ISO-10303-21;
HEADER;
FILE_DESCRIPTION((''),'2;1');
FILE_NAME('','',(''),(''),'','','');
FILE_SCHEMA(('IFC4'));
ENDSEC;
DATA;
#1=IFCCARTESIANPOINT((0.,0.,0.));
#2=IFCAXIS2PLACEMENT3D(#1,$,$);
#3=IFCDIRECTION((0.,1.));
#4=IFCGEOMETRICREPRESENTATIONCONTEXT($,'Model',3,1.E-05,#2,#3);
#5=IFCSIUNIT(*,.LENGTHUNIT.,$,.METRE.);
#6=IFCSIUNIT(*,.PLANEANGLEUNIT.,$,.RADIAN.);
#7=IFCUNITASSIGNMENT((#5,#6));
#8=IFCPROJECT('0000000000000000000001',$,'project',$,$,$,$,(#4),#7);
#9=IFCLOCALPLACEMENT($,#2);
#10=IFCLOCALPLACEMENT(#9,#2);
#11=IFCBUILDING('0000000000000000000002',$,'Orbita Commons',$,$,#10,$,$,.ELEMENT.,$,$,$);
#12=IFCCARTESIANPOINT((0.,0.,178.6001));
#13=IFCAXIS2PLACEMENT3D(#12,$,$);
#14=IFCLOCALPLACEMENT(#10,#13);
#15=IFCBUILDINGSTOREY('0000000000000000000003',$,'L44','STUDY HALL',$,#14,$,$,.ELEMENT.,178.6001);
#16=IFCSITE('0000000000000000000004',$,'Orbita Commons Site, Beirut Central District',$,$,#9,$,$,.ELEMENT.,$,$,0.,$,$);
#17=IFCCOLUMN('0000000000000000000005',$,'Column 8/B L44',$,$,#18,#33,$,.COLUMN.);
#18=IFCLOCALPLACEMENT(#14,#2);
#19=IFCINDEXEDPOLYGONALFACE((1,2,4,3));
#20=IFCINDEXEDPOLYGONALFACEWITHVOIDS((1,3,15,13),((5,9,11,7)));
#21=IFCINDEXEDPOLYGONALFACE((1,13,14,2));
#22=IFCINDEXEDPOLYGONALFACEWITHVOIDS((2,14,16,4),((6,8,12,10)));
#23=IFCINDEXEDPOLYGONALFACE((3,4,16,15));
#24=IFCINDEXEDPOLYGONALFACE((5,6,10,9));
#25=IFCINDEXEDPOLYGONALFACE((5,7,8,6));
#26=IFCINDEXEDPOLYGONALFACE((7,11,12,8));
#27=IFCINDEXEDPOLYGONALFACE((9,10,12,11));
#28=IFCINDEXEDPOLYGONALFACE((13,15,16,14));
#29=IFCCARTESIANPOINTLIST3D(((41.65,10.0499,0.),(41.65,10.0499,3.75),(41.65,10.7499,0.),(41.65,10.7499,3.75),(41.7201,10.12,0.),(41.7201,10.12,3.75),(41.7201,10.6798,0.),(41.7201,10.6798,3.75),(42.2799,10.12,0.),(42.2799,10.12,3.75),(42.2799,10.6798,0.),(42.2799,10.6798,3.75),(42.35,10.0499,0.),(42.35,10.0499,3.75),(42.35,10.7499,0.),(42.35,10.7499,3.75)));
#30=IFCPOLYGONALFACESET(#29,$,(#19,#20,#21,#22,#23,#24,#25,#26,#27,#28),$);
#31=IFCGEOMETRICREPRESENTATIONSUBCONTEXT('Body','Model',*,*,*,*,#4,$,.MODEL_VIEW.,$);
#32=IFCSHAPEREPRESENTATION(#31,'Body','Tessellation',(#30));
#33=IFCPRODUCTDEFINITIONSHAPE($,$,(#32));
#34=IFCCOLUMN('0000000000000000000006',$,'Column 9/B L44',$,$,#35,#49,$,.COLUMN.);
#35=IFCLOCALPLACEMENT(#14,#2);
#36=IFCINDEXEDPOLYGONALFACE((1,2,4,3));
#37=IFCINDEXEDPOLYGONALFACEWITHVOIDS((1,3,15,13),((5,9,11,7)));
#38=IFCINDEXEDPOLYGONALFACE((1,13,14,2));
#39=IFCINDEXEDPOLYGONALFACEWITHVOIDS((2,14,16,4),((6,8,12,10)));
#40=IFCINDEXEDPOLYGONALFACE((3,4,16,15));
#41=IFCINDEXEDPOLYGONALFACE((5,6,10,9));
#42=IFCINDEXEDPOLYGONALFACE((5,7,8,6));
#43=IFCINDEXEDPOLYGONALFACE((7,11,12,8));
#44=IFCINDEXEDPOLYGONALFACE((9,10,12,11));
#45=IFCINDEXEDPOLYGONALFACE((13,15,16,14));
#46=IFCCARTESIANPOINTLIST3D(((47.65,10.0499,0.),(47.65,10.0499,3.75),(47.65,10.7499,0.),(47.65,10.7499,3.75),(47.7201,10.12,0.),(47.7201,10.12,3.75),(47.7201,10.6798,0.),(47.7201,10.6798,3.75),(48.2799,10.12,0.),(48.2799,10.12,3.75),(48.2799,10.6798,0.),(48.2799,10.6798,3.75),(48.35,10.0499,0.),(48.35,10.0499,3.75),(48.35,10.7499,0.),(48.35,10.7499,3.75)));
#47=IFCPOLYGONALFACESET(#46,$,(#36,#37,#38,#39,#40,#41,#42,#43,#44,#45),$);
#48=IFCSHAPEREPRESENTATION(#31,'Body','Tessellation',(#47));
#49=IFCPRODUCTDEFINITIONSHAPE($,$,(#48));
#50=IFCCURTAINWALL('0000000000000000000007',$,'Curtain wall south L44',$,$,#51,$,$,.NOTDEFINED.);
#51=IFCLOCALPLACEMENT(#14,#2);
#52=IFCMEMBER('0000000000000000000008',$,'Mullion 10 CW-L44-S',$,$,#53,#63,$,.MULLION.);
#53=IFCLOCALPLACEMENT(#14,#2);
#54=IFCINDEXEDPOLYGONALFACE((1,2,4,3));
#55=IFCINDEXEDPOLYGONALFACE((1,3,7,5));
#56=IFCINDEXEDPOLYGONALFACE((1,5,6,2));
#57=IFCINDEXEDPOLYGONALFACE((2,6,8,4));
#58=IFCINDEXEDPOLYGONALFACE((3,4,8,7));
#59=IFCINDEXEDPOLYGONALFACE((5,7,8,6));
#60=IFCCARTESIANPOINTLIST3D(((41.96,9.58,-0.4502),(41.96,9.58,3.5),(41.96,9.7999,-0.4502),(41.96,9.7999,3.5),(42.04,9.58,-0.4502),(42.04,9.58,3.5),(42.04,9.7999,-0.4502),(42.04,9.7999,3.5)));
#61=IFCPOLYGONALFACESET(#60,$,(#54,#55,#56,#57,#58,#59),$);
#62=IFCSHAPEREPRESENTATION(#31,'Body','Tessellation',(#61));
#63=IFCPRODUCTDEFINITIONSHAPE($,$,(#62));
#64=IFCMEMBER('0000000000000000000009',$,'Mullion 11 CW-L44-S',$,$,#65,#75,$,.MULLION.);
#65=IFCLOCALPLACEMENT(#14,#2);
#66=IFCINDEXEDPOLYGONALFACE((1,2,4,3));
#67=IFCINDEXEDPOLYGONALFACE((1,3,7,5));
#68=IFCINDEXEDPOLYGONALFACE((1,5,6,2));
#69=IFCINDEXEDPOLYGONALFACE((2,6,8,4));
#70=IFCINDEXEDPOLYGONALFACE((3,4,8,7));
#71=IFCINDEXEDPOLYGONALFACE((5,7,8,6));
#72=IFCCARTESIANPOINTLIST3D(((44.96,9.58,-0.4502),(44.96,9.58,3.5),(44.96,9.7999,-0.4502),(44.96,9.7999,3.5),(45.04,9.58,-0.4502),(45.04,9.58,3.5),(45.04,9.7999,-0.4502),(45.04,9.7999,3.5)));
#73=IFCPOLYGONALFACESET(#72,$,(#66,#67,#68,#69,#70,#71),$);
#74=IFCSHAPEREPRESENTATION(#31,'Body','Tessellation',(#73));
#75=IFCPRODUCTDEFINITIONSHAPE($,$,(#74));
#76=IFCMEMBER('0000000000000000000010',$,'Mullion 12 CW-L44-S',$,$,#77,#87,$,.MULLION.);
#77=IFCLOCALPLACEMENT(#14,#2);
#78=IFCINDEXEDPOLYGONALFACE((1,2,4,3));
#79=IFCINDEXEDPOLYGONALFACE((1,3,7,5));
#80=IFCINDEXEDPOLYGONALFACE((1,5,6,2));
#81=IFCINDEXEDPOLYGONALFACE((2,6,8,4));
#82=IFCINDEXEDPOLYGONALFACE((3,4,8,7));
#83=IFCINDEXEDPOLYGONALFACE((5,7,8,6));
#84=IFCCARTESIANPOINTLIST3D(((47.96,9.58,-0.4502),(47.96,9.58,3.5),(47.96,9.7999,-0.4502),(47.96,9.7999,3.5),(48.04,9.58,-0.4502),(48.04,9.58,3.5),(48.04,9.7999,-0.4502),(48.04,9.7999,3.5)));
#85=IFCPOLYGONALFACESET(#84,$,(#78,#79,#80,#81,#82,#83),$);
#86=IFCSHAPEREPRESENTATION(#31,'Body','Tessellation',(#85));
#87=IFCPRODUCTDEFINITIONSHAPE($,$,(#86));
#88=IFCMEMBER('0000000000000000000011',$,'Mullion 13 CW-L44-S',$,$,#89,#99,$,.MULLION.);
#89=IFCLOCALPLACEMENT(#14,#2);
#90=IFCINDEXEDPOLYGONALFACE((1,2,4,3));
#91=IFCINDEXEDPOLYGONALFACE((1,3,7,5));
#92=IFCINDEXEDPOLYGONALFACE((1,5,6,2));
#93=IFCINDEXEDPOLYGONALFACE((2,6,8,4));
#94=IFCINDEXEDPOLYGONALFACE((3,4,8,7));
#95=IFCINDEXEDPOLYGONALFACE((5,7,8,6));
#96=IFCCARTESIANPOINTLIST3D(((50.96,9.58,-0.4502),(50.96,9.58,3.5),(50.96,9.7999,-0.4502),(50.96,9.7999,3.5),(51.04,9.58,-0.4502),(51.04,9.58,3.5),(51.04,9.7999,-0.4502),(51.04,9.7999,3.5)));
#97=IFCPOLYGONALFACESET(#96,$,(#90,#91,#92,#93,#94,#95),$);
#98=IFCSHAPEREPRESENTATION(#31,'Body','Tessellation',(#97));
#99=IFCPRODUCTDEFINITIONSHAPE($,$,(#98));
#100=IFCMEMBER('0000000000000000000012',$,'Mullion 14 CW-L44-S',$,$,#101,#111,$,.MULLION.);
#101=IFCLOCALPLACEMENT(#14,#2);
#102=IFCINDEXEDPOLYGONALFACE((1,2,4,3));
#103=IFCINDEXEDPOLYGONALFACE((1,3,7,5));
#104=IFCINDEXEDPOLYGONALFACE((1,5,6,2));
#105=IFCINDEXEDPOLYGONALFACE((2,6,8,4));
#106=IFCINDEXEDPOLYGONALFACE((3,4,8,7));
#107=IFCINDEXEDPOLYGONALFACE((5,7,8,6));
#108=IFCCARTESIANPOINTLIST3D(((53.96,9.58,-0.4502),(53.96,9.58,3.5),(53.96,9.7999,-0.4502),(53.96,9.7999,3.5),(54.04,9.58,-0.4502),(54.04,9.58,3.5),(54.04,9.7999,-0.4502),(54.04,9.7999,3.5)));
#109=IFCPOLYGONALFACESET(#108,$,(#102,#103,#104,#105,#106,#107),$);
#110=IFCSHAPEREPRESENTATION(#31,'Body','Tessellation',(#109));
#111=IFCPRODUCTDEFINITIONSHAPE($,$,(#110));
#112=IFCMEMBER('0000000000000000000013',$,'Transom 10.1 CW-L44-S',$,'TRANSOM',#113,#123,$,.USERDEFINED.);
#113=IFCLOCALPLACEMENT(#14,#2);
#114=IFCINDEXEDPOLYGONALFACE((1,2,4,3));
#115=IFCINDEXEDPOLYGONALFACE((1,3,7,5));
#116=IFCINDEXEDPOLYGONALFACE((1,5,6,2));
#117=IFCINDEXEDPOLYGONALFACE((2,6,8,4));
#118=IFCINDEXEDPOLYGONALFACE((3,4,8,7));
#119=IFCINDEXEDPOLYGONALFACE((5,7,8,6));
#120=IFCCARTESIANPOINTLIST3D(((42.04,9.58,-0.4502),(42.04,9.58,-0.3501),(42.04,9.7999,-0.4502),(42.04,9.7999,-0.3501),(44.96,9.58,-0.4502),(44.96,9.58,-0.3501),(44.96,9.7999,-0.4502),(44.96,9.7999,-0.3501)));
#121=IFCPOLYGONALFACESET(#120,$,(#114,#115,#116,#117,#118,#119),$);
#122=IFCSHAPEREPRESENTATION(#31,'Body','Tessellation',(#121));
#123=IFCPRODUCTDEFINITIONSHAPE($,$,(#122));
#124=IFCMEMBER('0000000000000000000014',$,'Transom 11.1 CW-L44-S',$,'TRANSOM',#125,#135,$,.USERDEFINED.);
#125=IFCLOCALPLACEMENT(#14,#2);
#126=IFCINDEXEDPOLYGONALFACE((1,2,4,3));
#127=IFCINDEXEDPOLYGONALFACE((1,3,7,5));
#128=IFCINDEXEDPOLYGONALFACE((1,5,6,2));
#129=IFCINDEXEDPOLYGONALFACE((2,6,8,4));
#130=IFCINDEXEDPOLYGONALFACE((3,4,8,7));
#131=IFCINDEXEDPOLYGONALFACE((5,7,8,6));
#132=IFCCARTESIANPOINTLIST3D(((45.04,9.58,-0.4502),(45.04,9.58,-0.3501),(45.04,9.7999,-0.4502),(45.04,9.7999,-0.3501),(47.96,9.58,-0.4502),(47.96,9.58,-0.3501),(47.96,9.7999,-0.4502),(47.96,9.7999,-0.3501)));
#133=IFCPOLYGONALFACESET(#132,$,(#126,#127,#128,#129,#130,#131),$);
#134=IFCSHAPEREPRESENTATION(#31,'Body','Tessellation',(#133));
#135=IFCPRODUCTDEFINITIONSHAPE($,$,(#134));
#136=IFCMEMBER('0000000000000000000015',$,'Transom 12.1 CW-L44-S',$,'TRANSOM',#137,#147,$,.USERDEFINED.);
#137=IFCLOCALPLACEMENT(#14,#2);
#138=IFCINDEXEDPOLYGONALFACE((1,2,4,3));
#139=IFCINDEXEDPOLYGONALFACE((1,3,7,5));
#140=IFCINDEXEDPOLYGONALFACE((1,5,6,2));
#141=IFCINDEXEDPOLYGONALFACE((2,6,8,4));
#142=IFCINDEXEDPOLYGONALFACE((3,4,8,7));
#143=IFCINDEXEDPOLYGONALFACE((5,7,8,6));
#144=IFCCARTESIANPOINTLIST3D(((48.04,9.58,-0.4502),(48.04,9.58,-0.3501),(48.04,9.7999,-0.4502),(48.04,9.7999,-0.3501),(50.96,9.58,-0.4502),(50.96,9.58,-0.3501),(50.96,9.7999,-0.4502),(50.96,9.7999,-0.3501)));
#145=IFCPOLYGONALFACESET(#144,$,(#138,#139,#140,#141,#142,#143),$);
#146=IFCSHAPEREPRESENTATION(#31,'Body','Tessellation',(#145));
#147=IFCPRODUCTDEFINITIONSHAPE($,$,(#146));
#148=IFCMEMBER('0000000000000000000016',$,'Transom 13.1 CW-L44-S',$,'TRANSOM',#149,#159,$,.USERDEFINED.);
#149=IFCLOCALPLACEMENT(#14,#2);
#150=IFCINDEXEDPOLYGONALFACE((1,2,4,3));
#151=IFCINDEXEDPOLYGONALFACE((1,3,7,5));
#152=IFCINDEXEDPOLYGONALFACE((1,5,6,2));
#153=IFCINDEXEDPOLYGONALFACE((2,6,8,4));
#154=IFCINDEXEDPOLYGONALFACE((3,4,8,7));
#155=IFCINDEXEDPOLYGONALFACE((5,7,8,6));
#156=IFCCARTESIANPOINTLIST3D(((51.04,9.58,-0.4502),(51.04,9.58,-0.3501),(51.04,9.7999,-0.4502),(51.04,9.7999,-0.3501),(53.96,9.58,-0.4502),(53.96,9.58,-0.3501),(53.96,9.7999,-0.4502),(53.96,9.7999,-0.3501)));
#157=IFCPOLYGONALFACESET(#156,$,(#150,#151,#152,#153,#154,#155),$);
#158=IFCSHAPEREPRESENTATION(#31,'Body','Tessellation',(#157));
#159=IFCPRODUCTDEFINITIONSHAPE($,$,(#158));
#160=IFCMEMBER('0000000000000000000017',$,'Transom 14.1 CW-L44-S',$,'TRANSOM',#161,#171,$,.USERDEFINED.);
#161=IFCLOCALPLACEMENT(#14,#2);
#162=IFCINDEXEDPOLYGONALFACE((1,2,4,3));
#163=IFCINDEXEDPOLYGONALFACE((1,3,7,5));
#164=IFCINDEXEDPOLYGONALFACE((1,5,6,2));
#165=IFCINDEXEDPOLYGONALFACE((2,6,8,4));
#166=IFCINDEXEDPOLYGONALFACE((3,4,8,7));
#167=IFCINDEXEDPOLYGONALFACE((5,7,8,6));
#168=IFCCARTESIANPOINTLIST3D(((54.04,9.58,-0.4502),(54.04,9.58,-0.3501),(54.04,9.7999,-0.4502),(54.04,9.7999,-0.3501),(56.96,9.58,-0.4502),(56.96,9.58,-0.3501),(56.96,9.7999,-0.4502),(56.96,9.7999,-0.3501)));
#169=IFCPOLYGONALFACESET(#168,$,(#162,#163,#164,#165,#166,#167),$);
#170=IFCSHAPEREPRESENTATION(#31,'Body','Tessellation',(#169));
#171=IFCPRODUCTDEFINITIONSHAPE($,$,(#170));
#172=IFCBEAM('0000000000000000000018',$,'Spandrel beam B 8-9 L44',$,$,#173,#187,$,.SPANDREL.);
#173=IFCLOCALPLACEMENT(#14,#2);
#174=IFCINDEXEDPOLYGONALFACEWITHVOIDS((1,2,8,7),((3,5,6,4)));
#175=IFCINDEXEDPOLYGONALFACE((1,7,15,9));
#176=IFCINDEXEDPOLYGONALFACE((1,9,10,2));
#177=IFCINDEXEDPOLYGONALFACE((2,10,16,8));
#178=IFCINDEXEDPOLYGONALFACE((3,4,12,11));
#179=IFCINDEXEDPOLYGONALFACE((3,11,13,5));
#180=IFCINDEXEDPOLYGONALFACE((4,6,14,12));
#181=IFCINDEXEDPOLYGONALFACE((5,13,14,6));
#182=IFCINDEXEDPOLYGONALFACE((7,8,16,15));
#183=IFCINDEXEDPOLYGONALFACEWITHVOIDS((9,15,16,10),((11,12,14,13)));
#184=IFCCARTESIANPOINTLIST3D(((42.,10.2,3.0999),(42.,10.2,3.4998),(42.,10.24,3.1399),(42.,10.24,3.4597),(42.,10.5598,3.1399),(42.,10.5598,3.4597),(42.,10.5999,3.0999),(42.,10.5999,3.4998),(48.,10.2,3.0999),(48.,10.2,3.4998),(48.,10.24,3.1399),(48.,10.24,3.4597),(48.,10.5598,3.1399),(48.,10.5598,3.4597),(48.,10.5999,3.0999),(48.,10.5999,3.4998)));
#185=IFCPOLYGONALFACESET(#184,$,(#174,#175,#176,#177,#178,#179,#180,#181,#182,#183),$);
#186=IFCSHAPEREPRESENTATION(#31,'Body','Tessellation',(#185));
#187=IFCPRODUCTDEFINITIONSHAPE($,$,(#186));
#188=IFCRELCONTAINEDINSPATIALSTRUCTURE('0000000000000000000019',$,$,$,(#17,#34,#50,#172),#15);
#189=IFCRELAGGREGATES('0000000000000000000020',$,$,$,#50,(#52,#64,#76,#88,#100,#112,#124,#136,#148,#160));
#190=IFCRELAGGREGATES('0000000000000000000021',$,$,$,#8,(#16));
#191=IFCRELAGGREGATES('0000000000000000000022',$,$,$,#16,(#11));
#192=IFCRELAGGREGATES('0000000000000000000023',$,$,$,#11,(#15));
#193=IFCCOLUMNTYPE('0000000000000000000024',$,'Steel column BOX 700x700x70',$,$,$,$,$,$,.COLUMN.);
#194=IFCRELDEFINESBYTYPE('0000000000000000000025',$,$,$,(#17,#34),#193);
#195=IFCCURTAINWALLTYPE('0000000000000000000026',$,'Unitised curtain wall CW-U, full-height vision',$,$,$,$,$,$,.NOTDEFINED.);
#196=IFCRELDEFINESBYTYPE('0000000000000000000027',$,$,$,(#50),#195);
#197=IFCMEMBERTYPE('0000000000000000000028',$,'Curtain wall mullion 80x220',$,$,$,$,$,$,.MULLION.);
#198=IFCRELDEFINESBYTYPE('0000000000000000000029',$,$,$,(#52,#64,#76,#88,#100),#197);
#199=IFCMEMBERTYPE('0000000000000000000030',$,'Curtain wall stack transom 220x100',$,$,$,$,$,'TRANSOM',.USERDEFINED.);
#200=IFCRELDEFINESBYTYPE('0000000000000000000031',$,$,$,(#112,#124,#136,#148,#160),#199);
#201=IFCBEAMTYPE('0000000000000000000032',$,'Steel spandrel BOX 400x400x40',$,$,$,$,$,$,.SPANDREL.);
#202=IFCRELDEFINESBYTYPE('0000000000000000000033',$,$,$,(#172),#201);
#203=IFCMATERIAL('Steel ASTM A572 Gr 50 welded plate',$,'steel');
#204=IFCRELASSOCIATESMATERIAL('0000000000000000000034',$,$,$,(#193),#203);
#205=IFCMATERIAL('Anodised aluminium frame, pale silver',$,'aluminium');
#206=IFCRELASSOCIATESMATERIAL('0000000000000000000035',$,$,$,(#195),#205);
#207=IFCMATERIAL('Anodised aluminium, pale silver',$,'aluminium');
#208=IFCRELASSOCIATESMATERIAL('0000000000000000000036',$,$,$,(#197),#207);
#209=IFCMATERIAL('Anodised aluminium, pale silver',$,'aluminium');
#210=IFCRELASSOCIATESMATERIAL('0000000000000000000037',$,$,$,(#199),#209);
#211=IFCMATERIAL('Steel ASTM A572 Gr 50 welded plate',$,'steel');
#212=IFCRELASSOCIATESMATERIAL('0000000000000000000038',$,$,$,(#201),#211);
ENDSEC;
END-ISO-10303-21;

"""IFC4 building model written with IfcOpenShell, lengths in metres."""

from ifc_helpers import new_model, si_unit, direction, frame, origin, origin_2d, place, context, subcontext, project, spatial, rectangle, hollow_rectangle, extrude, material, material_profile, profile_set, type_object, element, aggregate, save


model = new_model("IFC4")

# Units and contexts
model_context = context("Model", 3, precision=1e-05, world=origin(), true_north=direction((0.0, 1.0)))
body_context = subcontext(model_context, "Body", "Model", "MODEL_VIEW")
ifc_project = project(units=[si_unit("LENGTHUNIT", "METRE"), si_unit("PLANEANGLEUNIT", "RADIAN")], contexts=[model_context])

# Site, building, storey
site_placement = place(None, origin())
site = spatial("IfcSite", under=ifc_project, at=site_placement, Name="Orbita Commons Site, Beirut Central District", CompositionType="ELEMENT", RefElevation=0.0)
building_placement = place(site_placement, origin())
building = spatial("IfcBuilding", under=site, at=building_placement, Name="Orbita Commons", CompositionType="ELEMENT")
storey_placement = place(building_placement, frame((0.0, 0.0, 178.6001)))
storey = spatial("IfcBuildingStorey", under=building, at=storey_placement, Name="L44", Description="STUDY HALL", CompositionType="ELEMENT", Elevation=178.6001)

# Columns
ifc_material_1 = material(Name="Steel ASTM A572 Gr 50 welded plate", Category="steel")
ifc_material_profile_1 = material_profile(ifc_material_1, hollow_rectangle(XDim=0.7, YDim=0.7, WallThickness=0.0701, at=origin_2d()), Name="BOX 700x700x70")
ifc_profile_set_1 = profile_set([ifc_material_profile_1], Name="Steel ASTM A572 Gr 50 welded plate")
column_type = type_object("IfcColumnType", Name="Steel column BOX 700x700x70", PredefinedType="COLUMN", material=ifc_profile_set_1)
for number, where, z_axis, x_axis, name in (
    (1, (42.0, 10.3999, 0.0), (0.0, 0.0, 1.0), (1.0, 0.0, 0.0), "Column 8/B L44"),
    (2, (48.0, 10.3999, 0.0), (0.0, 0.0, 1.0), (1.0, 0.0, 0.0), "Column 9/B L44"),
):
    element("IfcColumn", number, at=place(storey_placement, frame(where, z_axis=z_axis, x_axis=x_axis)), inside=storey, type_object=column_type, Name=name, PredefinedType="COLUMN", context=body_context, shape_type="SweptSolid", body=[
        extrude(hollow_rectangle(XDim=0.7, YDim=0.7, WallThickness=0.0701, at=origin_2d()), origin(), (0.0, 0.0, 1.0), 3.75),
    ])

# Curtain wall, members
ifc_material_2 = material(Name="Anodised aluminium frame, pale silver", Category="aluminium")
curtain_wall_type = type_object("IfcCurtainWallType", Name="Unitised curtain wall CW-U, full-height vision", PredefinedType="NOTDEFINED", material=ifc_material_2)
curtain_wall_placement = place(storey_placement, origin())
curtain_wall = element("IfcCurtainWall", 3, at=curtain_wall_placement, inside=storey, type_object=curtain_wall_type, Name="Curtain wall south L44", PredefinedType="NOTDEFINED")
ifc_material_3 = material(Name="Anodised aluminium, pale silver", Category="aluminium")
ifc_material_profile_2 = material_profile(ifc_material_3, rectangle(XDim=0.0801, YDim=0.22, at=origin_2d()), Name="AL 80x220")
ifc_profile_set_2 = profile_set([ifc_material_profile_2], Name="Anodised aluminium, pale silver")
member_type_1 = type_object("IfcMemberType", Name="Curtain wall mullion 80x220", PredefinedType="MULLION", material=ifc_profile_set_2)
member_1_placement = place(storey_placement, frame((42.0, 9.6899, -0.4502), z_axis=(0.0, 0.0, 1.0), x_axis=(1.0, 0.0, 0.0)))
member_1 = element("IfcMember", 4, at=member_1_placement, type_object=member_type_1, Name="Mullion 10 CW-L44-S", PredefinedType="MULLION", context=body_context, shape_type="SweptSolid", body=[
    extrude(rectangle(XDim=0.0801, YDim=0.22, at=origin_2d()), origin(), (0.0, 0.0, 1.0), 3.9502),
])
member_2_placement = place(storey_placement, frame((45.0, 9.6899, -0.4502), z_axis=(0.0, 0.0, 1.0), x_axis=(1.0, 0.0, 0.0)))
member_2 = element("IfcMember", 5, at=member_2_placement, type_object=member_type_1, Name="Mullion 11 CW-L44-S", PredefinedType="MULLION", context=body_context, shape_type="SweptSolid", body=[
    extrude(rectangle(XDim=0.0801, YDim=0.22, at=origin_2d()), origin(), (0.0, 0.0, 1.0), 3.9502),
])
member_3_placement = place(storey_placement, frame((48.0, 9.6899, -0.4502), z_axis=(0.0, 0.0, 1.0), x_axis=(1.0, 0.0, 0.0)))
member_3 = element("IfcMember", 6, at=member_3_placement, type_object=member_type_1, Name="Mullion 12 CW-L44-S", PredefinedType="MULLION", context=body_context, shape_type="SweptSolid", body=[
    extrude(rectangle(XDim=0.0801, YDim=0.22, at=origin_2d()), origin(), (0.0, 0.0, 1.0), 3.9502),
])
member_4_placement = place(storey_placement, frame((51.0, 9.6899, -0.4502), z_axis=(0.0, 0.0, 1.0), x_axis=(1.0, 0.0, 0.0)))
member_4 = element("IfcMember", 7, at=member_4_placement, type_object=member_type_1, Name="Mullion 13 CW-L44-S", PredefinedType="MULLION", context=body_context, shape_type="SweptSolid", body=[
    extrude(rectangle(XDim=0.0801, YDim=0.22, at=origin_2d()), origin(), (0.0, 0.0, 1.0), 3.9502),
])
member_5_placement = place(storey_placement, frame((54.0, 9.6899, -0.4502), z_axis=(0.0, 0.0, 1.0), x_axis=(1.0, 0.0, 0.0)))
member_5 = element("IfcMember", 8, at=member_5_placement, type_object=member_type_1, Name="Mullion 14 CW-L44-S", PredefinedType="MULLION", context=body_context, shape_type="SweptSolid", body=[
    extrude(rectangle(XDim=0.0801, YDim=0.22, at=origin_2d()), origin(), (0.0, 0.0, 1.0), 3.9502),
])
ifc_material_4 = material(Name="Anodised aluminium, pale silver", Category="aluminium")
ifc_material_profile_3 = material_profile(ifc_material_4, rectangle(XDim=0.22, YDim=0.1001, at=origin_2d()), Name="AL 220x100")
ifc_profile_set_3 = profile_set([ifc_material_profile_3], Name="Anodised aluminium, pale silver")
member_type_2 = type_object("IfcMemberType", Name="Curtain wall stack transom 220x100", ElementType="TRANSOM", PredefinedType="USERDEFINED", material=ifc_profile_set_3)
member_6_placement = place(storey_placement, frame((42.04, 9.6899, -0.4001), z_axis=(1.0, 0.0, 0.0), x_axis=(0.0, 1.0, 0.0)))
member_6 = element("IfcMember", 9, at=member_6_placement, type_object=member_type_2, Name="Transom 10.1 CW-L44-S", ObjectType="TRANSOM", PredefinedType="USERDEFINED", context=body_context, shape_type="SweptSolid", body=[
    extrude(rectangle(XDim=0.22, YDim=0.1001, at=origin_2d()), origin(), (0.0, 0.0, 1.0), 2.9199),
])
member_7_placement = place(storey_placement, frame((45.04, 9.6899, -0.4001), z_axis=(1.0, 0.0, 0.0), x_axis=(0.0, 1.0, 0.0)))
member_7 = element("IfcMember", 10, at=member_7_placement, type_object=member_type_2, Name="Transom 11.1 CW-L44-S", ObjectType="TRANSOM", PredefinedType="USERDEFINED", context=body_context, shape_type="SweptSolid", body=[
    extrude(rectangle(XDim=0.22, YDim=0.1001, at=origin_2d()), origin(), (0.0, 0.0, 1.0), 2.9199),
])
member_8_placement = place(storey_placement, frame((48.04, 9.6899, -0.4001), z_axis=(1.0, 0.0, 0.0), x_axis=(0.0, 1.0, 0.0)))
member_8 = element("IfcMember", 11, at=member_8_placement, type_object=member_type_2, Name="Transom 12.1 CW-L44-S", ObjectType="TRANSOM", PredefinedType="USERDEFINED", context=body_context, shape_type="SweptSolid", body=[
    extrude(rectangle(XDim=0.22, YDim=0.1001, at=origin_2d()), origin(), (0.0, 0.0, 1.0), 2.9199),
])
member_9_placement = place(storey_placement, frame((51.04, 9.6899, -0.4001), z_axis=(1.0, 0.0, 0.0), x_axis=(0.0, 1.0, 0.0)))
member_9 = element("IfcMember", 12, at=member_9_placement, type_object=member_type_2, Name="Transom 13.1 CW-L44-S", ObjectType="TRANSOM", PredefinedType="USERDEFINED", context=body_context, shape_type="SweptSolid", body=[
    extrude(rectangle(XDim=0.22, YDim=0.1001, at=origin_2d()), origin(), (0.0, 0.0, 1.0), 2.9199),
])
member_10_placement = place(storey_placement, frame((54.04, 9.6899, -0.4001), z_axis=(1.0, 0.0, 0.0), x_axis=(0.0, 1.0, 0.0)))
member_10 = element("IfcMember", 13, at=member_10_placement, type_object=member_type_2, Name="Transom 14.1 CW-L44-S", ObjectType="TRANSOM", PredefinedType="USERDEFINED", context=body_context, shape_type="SweptSolid", body=[
    extrude(rectangle(XDim=0.22, YDim=0.1001, at=origin_2d()), origin(), (0.0, 0.0, 1.0), 2.9199),
])

# Beam
ifc_material_5 = material(Name="Steel ASTM A572 Gr 50 welded plate", Category="steel")
ifc_material_profile_4 = material_profile(ifc_material_5, hollow_rectangle(XDim=0.3999, YDim=0.3999, WallThickness=0.04, at=origin_2d()), Name="BOX 400x400x40")
ifc_profile_set_4 = profile_set([ifc_material_profile_4], Name="Steel ASTM A572 Gr 50 welded plate")
beam_type = type_object("IfcBeamType", Name="Steel spandrel BOX 400x400x40", PredefinedType="SPANDREL", material=ifc_profile_set_4)
for number, where, z_axis, x_axis, name in (
    (14, (42.0, 10.3999, 3.2998), (1.0, 0.0, 0.0), (0.0, 1.0, 0.0), "Spandrel beam B 8-9 L44"),
):
    element("IfcBeam", number, at=place(storey_placement, frame(where, z_axis=z_axis, x_axis=x_axis)), inside=storey, type_object=beam_type, Name=name, PredefinedType="SPANDREL", context=body_context, shape_type="SweptSolid", body=[
        extrude(hollow_rectangle(XDim=0.3999, YDim=0.3999, WallThickness=0.04, at=origin_2d()), origin(), (0.0, 0.0, 1.0), 6.0),
    ])

aggregate(curtain_wall, [member_1, member_2, member_3, member_4, member_5, member_6, member_7, member_8, member_9, member_10])

save(model, "model.ifc")
